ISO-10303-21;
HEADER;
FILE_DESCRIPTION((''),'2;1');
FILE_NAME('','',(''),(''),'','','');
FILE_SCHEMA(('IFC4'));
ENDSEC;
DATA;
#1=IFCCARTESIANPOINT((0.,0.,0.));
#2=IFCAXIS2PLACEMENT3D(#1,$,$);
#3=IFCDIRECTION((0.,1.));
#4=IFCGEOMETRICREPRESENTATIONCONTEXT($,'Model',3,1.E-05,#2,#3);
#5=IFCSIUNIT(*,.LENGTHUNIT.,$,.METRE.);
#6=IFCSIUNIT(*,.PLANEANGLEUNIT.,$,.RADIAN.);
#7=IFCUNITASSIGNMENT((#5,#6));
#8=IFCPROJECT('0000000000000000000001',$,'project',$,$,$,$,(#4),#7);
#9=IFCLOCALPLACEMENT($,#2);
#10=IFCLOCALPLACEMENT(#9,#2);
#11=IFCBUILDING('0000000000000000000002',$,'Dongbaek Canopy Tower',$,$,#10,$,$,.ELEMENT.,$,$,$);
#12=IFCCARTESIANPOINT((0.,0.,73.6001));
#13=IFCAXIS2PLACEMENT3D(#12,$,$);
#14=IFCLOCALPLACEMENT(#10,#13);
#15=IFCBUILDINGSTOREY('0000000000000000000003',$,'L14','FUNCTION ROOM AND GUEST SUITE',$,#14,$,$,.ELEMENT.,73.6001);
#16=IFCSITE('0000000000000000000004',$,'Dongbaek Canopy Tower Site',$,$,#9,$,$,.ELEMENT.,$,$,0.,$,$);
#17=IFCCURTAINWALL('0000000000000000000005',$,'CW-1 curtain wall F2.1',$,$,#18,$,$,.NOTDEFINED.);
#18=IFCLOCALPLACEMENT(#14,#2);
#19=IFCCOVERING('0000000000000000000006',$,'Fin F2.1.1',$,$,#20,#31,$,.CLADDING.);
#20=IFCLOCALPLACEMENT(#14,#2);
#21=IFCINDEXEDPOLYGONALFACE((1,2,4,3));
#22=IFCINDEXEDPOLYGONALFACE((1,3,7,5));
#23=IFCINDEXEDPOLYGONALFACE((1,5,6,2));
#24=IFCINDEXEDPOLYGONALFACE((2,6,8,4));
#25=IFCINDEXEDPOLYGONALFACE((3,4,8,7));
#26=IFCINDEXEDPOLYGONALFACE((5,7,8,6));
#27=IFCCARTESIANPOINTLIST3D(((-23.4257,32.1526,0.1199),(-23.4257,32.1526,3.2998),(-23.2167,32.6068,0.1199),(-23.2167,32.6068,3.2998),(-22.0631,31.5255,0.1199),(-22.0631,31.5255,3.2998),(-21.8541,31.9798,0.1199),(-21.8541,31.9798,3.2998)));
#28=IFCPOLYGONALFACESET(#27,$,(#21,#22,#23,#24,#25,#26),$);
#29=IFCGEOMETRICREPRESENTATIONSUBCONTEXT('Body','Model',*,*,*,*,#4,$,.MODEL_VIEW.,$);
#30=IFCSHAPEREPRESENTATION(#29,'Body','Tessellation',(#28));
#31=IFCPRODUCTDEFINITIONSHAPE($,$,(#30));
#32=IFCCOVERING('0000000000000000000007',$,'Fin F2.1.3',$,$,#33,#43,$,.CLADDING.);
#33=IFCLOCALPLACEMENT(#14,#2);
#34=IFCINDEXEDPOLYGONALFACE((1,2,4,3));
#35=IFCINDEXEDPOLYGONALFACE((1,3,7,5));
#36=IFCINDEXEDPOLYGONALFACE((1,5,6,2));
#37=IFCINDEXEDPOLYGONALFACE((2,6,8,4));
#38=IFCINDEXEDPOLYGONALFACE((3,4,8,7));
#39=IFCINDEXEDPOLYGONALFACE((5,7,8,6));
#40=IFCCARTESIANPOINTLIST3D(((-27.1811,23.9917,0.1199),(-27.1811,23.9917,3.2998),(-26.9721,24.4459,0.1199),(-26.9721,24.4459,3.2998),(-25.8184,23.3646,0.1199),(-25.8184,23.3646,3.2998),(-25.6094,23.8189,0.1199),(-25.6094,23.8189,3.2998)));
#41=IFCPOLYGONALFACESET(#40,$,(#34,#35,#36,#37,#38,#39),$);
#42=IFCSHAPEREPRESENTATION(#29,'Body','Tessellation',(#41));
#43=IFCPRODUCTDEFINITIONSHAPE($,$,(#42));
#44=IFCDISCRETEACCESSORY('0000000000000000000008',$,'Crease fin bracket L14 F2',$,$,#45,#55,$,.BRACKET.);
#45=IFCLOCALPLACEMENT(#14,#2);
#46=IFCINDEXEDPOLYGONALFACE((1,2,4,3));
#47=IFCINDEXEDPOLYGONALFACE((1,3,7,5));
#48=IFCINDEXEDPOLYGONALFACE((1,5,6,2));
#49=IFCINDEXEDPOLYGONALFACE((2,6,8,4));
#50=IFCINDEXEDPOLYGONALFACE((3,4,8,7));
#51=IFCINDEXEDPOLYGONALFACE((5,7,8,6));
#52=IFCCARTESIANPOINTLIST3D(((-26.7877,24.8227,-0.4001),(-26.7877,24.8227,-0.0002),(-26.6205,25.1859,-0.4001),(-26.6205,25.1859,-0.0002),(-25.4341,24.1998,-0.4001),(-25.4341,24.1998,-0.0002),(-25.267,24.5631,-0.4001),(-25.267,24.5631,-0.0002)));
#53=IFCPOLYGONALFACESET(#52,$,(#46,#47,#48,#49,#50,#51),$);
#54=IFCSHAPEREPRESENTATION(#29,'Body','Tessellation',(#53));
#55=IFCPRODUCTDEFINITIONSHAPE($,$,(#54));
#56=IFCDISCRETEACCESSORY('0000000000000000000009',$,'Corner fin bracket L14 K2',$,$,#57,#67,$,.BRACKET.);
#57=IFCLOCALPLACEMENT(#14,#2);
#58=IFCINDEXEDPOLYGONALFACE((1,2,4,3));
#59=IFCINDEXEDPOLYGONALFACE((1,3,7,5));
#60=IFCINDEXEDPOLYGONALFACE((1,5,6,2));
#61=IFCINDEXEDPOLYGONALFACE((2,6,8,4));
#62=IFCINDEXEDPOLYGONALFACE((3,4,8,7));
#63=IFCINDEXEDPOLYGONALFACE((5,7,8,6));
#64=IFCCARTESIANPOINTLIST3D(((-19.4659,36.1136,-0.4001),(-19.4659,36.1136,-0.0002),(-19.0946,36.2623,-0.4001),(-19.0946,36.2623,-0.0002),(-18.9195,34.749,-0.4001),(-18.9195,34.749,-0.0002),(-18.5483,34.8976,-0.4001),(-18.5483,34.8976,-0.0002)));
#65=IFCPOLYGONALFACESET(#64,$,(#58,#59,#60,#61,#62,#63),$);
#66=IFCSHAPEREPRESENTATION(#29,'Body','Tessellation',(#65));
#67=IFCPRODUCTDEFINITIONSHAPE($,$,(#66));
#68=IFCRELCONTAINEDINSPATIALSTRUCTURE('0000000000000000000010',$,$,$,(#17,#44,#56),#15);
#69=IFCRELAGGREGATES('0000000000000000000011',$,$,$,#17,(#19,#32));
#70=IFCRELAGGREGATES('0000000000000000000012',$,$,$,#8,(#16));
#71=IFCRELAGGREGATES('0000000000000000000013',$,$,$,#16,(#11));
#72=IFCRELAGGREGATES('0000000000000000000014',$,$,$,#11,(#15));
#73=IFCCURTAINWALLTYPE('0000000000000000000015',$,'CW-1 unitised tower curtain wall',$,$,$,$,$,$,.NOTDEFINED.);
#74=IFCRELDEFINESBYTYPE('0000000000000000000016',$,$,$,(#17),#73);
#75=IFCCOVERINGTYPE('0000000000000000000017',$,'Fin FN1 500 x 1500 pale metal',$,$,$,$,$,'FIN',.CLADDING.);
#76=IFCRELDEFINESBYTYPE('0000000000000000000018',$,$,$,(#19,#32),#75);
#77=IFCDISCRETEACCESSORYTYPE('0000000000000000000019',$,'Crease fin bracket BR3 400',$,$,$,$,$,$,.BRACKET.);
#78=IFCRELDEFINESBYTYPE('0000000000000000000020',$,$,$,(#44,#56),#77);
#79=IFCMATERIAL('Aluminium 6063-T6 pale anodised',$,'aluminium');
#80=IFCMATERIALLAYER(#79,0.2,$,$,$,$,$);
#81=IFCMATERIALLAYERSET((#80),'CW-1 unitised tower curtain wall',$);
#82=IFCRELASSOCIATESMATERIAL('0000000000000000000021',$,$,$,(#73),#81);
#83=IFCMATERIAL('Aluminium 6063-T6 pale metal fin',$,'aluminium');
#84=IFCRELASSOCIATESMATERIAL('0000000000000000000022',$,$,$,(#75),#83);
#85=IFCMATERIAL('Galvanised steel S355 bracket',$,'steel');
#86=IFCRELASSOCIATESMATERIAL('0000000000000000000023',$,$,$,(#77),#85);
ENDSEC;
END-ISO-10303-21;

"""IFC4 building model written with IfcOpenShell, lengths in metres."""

from ifc_helpers import new_model, si_unit, direction, frame, origin, origin_2d, place, context, subcontext, project, spatial, rectangle, extrude, material, layer, layer_set, material_profile, profile_set, type_object, element, aggregate, save


model = new_model("IFC4")

# Units and contexts
model_context = context("Model", 3, precision=1e-05, world=origin(), true_north=direction((0.0, 1.0)))
body_context = subcontext(model_context, "Body", "Model", "MODEL_VIEW")
ifc_project = project(units=[si_unit("LENGTHUNIT", "METRE"), si_unit("PLANEANGLEUNIT", "RADIAN")], contexts=[model_context])

# Site, building, storey
site_placement = place(None, origin())
site = spatial("IfcSite", under=ifc_project, at=site_placement, Name="Dongbaek Canopy Tower Site", CompositionType="ELEMENT", RefElevation=0.0)
building_placement = place(site_placement, origin())
building = spatial("IfcBuilding", under=site, at=building_placement, Name="Dongbaek Canopy Tower", CompositionType="ELEMENT")
storey_placement = place(building_placement, frame((0.0, 0.0, 73.6001)))
storey = spatial("IfcBuildingStorey", under=building, at=storey_placement, Name="L14", Description="FUNCTION ROOM AND GUEST SUITE", CompositionType="ELEMENT", Elevation=73.6001)

# Curtain wall
ifc_material_1 = material(Name="Aluminium 6063-T6 pale anodised", Category="aluminium")
ifc_layer_1 = layer(ifc_material_1, 0.2)
ifc_layer_set_1 = layer_set([ifc_layer_1], Name="CW-1 unitised tower curtain wall")
curtain_wall_type = type_object("IfcCurtainWallType", Name="CW-1 unitised tower curtain wall", PredefinedType="NOTDEFINED", material=ifc_layer_set_1)
curtain_wall_1_placement = place(storey_placement, origin())
curtain_wall_1 = element("IfcCurtainWall", 1, at=curtain_wall_1_placement, inside=storey, type_object=curtain_wall_type, Name="CW-1 curtain wall F2.1", PredefinedType="NOTDEFINED")

# Coverings
ifc_material_2 = material(Name="Aluminium 6063-T6 pale metal fin", Category="aluminium")
ifc_material_profile_1 = material_profile(ifc_material_2, rectangle(XDim=1.5, YDim=0.5, at=origin_2d()), Name="Fin FN1 500 x 1500 pale metal")
ifc_profile_set_1 = profile_set([ifc_material_profile_1], Name="Aluminium 6063-T6 pale metal fin")
covering_type_1 = type_object("IfcCoveringType", Name="Fin FN1 500 x 1500 pale metal", ElementType="FIN", PredefinedType="CLADDING", material=ifc_profile_set_1)
covering_1_placement = place(storey_placement, frame((-22.6399, 32.0662, 0.1199), z_axis=(0.0, 0.0, 1.0), x_axis=(-0.908436, 0.418025, 0.0)))
covering_1 = element("IfcCovering", 2, at=covering_1_placement, type_object=covering_type_1, Name="Fin F2.1.1", PredefinedType="CLADDING", context=body_context, shape_type="SweptSolid", body=[
    extrude(rectangle(XDim=1.5, YDim=0.5, at=origin_2d()), origin(), (0.0, 0.0, 1.0), 3.1799),
])
covering_2_placement = place(storey_placement, frame((-26.3953, 23.9053, 0.1199), z_axis=(0.0, 0.0, 1.0), x_axis=(-0.908436, 0.418025, 0.0)))
covering_2 = element("IfcCovering", 3, at=covering_2_placement, type_object=covering_type_1, Name="Fin F2.1.3", PredefinedType="CLADDING", context=body_context, shape_type="SweptSolid", body=[
    extrude(rectangle(XDim=1.5, YDim=0.5, at=origin_2d()), origin(), (0.0, 0.0, 1.0), 3.1799),
])
aggregate(curtain_wall_1, [covering_1, covering_2])

# Discrete accessories
ifc_material_3 = material(Name="Galvanised steel S355 bracket", Category="steel")
discrete_accessory_type = type_object("IfcDiscreteAccessoryType", Name="Crease fin bracket BR3 400", PredefinedType="BRACKET", material=ifc_material_3)
discrete_accessory_1_placement = place(storey_placement, frame((-26.0273, 24.6929, -0.4001), z_axis=(0.0, 0.0, 1.0), x_axis=(-0.908436, 0.418024, 0.0)))
element("IfcDiscreteAccessory", 4, at=discrete_accessory_1_placement, inside=storey, type_object=discrete_accessory_type, Name="Crease fin bracket L14 F2", PredefinedType="BRACKET", context=body_context, shape_type="SweptSolid", body=[
    extrude(rectangle(XDim=1.49, YDim=0.3999, at=origin_2d()), origin(), (0.0, 0.0, 1.0), 0.3999),
])
discrete_accessory_2_placement = place(storey_placement, frame((-19.0071, 35.5056, -0.4001), z_axis=(0.0, 0.0, 1.0), x_axis=(-0.371661, 0.928368, 0.0)))
element("IfcDiscreteAccessory", 5, at=discrete_accessory_2_placement, inside=storey, type_object=discrete_accessory_type, Name="Corner fin bracket L14 K2", PredefinedType="BRACKET", context=body_context, shape_type="SweptSolid", body=[
    extrude(rectangle(XDim=1.47, YDim=0.3999, at=origin_2d()), origin(), (0.0, 0.0, 1.0), 0.3999),
])

save(model, "model.ifc")
